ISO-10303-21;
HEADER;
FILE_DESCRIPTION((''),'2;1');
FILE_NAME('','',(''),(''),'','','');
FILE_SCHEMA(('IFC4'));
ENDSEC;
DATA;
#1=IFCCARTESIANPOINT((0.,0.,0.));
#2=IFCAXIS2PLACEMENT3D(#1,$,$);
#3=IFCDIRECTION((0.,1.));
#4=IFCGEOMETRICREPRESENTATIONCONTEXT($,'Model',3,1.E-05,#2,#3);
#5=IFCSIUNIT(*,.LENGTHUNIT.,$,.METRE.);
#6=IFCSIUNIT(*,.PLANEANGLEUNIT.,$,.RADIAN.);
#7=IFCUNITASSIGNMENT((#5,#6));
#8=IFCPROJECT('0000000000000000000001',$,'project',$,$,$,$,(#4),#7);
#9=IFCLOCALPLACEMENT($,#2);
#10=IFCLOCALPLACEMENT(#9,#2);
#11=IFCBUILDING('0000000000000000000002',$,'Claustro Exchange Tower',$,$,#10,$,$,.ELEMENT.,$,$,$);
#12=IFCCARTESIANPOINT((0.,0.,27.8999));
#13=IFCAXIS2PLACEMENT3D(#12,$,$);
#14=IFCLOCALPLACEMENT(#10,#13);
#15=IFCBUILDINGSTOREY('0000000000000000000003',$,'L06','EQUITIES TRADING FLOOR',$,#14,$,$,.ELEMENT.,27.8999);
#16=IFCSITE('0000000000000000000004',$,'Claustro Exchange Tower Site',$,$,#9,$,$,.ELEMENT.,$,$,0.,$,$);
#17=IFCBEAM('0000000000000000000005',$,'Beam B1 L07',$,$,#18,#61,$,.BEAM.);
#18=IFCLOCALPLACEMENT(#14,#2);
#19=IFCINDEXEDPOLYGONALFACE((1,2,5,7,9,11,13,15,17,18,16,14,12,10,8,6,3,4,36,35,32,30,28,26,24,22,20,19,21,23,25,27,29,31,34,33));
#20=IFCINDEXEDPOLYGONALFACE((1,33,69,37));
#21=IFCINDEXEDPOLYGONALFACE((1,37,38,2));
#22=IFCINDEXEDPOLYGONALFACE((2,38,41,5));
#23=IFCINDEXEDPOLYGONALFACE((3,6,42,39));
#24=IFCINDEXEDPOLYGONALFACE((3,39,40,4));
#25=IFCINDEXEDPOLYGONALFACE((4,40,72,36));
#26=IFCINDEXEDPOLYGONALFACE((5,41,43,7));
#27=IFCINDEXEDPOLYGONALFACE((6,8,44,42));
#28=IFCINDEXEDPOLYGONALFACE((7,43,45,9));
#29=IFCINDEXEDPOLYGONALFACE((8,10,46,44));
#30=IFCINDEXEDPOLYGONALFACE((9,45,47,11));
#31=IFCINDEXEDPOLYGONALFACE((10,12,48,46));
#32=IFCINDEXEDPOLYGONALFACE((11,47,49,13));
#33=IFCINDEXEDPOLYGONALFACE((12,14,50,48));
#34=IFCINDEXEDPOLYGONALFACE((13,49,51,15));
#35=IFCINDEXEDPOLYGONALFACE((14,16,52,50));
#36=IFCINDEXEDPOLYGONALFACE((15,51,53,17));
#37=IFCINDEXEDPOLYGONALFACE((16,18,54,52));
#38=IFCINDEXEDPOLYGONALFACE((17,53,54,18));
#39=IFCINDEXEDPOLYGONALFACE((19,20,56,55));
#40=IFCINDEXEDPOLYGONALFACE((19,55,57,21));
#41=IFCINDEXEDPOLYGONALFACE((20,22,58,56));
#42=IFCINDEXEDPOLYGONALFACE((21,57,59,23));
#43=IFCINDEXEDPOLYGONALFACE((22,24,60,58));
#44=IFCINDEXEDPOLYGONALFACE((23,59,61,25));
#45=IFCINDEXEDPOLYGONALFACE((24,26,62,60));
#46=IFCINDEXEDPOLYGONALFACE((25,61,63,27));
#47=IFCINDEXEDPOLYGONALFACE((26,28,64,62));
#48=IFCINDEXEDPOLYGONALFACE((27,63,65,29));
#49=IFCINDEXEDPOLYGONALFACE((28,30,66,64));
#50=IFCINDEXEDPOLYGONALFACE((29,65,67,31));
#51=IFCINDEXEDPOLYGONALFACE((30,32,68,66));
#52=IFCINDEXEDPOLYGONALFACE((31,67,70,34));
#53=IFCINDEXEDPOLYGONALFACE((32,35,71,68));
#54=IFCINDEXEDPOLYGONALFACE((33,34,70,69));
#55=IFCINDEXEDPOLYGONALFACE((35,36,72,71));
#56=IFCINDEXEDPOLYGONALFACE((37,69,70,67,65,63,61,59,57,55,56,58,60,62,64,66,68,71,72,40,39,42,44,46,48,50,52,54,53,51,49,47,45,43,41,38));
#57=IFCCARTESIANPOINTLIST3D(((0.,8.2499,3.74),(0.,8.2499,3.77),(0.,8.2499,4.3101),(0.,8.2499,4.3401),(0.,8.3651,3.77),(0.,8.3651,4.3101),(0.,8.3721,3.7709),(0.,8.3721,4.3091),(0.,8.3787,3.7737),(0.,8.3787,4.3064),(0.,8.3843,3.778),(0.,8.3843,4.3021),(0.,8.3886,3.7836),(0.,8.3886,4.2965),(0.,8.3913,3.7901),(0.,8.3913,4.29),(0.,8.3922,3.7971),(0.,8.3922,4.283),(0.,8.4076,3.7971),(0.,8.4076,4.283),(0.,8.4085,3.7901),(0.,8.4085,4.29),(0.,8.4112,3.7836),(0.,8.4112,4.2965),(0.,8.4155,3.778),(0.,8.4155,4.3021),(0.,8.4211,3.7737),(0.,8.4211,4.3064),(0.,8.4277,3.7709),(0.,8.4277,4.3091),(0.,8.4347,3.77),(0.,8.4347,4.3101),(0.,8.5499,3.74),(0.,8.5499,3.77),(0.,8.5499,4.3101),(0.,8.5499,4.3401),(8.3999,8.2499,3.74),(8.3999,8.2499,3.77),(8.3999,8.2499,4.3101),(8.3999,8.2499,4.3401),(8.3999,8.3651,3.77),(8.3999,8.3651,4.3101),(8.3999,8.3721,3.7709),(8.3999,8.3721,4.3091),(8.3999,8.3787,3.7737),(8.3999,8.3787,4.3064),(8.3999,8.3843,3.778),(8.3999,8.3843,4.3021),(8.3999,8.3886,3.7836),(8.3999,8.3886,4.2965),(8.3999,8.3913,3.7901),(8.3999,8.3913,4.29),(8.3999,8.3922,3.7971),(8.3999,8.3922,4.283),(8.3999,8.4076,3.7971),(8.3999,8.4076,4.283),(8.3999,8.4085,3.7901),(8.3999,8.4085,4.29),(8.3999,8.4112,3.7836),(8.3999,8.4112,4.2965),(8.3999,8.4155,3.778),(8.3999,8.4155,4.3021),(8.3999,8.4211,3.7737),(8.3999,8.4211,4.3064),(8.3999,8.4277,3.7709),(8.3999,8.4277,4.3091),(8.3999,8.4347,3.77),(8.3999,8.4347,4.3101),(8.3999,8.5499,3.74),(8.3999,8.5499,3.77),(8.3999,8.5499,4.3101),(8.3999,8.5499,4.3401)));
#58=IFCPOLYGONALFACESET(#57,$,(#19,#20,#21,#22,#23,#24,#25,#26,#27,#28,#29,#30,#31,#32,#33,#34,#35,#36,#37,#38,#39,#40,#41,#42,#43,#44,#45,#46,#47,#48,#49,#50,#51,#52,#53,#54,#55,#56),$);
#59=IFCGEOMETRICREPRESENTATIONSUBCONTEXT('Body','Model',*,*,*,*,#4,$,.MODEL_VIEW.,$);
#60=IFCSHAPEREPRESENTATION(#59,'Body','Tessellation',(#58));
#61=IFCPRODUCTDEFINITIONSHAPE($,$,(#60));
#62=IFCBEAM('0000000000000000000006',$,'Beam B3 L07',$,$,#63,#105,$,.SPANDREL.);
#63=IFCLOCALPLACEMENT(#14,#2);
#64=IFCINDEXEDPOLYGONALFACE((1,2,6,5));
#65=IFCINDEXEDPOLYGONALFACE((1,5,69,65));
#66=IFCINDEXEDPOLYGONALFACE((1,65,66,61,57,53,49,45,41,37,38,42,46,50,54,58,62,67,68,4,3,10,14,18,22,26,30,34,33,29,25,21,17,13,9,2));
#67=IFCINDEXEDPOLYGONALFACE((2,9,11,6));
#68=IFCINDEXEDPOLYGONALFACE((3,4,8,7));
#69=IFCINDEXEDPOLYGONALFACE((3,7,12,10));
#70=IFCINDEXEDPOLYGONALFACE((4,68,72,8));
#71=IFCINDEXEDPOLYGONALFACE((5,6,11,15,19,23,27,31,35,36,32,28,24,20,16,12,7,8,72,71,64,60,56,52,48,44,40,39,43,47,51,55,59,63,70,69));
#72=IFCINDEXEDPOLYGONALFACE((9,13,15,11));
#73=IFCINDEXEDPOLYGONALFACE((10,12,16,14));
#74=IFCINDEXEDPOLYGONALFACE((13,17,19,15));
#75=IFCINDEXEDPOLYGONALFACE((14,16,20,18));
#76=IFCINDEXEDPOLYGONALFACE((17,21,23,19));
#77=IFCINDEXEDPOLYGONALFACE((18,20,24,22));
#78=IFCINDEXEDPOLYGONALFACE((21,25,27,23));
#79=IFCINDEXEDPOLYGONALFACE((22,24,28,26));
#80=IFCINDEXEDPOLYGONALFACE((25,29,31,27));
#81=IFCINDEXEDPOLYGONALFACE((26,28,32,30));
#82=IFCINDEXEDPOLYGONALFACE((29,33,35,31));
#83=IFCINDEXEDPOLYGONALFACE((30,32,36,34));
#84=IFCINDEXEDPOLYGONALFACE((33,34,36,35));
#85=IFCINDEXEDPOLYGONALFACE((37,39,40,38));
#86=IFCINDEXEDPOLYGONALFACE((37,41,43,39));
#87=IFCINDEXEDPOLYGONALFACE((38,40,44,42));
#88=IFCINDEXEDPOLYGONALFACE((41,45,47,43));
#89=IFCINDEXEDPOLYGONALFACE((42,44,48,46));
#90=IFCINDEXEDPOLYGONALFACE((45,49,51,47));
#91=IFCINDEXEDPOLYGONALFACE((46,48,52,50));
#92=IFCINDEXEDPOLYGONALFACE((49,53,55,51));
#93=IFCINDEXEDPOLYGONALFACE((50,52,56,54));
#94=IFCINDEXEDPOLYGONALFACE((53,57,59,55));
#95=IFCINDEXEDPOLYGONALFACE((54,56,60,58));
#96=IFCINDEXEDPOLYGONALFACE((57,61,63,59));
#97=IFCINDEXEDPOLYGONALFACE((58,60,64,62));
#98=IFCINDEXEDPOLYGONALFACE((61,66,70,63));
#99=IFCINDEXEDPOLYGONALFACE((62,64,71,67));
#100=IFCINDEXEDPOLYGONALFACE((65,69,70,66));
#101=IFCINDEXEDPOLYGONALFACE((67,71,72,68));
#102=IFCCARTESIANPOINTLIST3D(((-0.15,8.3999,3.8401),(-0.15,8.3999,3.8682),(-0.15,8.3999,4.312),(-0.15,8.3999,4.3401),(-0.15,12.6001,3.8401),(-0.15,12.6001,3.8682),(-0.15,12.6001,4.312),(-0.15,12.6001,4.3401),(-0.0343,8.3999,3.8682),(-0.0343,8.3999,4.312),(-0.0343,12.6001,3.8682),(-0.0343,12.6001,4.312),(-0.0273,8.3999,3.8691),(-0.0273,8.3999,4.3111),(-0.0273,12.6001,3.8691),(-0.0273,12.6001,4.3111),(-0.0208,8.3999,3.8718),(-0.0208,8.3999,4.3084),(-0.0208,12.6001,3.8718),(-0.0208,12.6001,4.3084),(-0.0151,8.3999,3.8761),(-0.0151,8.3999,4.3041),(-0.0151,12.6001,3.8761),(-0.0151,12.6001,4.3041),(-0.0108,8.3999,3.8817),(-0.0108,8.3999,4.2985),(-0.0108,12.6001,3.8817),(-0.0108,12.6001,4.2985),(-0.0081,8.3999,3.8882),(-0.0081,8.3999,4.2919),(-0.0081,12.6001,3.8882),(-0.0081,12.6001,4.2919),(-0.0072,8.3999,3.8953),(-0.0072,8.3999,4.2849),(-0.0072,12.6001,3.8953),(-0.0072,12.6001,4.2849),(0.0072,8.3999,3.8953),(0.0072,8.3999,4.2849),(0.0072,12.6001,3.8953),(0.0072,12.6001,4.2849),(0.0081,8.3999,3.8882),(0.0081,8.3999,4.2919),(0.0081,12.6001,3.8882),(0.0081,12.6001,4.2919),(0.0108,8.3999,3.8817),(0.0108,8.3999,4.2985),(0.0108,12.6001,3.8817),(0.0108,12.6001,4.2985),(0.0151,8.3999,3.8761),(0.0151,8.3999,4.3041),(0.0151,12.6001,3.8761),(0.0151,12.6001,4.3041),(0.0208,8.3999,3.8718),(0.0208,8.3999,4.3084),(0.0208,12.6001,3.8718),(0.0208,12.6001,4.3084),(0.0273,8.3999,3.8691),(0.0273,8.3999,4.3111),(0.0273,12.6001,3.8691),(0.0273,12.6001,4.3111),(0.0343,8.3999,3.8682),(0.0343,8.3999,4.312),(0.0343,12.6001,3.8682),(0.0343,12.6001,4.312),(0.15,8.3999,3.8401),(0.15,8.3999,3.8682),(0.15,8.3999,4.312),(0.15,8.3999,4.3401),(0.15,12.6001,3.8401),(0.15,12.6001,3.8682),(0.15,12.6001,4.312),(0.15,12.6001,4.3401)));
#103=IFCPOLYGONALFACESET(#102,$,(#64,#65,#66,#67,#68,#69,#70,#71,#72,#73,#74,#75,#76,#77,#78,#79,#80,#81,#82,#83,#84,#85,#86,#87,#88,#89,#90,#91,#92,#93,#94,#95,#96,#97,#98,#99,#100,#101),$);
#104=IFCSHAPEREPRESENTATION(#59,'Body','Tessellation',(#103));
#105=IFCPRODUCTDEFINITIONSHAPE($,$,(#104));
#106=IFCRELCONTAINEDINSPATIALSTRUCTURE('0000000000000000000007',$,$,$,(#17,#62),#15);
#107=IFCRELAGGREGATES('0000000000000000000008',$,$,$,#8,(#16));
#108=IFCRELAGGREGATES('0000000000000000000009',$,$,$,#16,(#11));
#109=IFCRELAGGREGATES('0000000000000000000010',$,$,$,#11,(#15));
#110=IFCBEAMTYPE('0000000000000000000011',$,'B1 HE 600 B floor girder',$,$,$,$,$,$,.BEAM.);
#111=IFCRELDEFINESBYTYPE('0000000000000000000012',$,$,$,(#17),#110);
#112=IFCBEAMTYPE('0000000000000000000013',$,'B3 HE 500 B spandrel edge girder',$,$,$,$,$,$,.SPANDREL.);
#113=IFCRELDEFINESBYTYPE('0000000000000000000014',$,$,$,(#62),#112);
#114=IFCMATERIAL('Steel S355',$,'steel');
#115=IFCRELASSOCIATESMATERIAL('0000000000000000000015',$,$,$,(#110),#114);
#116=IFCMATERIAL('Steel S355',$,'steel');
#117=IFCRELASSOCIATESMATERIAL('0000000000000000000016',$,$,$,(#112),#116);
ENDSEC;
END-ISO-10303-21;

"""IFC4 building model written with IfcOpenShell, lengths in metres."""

from ifc_helpers import new_model, si_unit, direction, frame, origin, origin_2d, place, context, subcontext, project, spatial, i_section, extrude, material, material_profile, profile_set, type_object, element, save


model = new_model("IFC4")

# Units and contexts
model_context = context("Model", 3, precision=1e-05, world=origin(), true_north=direction((0.0, 1.0)))
body_context = subcontext(model_context, "Body", "Model", "MODEL_VIEW")
ifc_project = project(units=[si_unit("LENGTHUNIT", "METRE"), si_unit("PLANEANGLEUNIT", "RADIAN")], contexts=[model_context])

# Site, building, storey
site_placement = place(None, origin())
site = spatial("IfcSite", under=ifc_project, at=site_placement, Name="Claustro Exchange Tower Site", CompositionType="ELEMENT", RefElevation=0.0)
building_placement = place(site_placement, origin())
building = spatial("IfcBuilding", under=site, at=building_placement, Name="Claustro Exchange Tower", CompositionType="ELEMENT")
storey_placement = place(building_placement, frame((0.0, 0.0, 27.8999)))
storey = spatial("IfcBuildingStorey", under=building, at=storey_placement, Name="L06", Description="EQUITIES TRADING FLOOR", CompositionType="ELEMENT", Elevation=27.8999)

# Beams
ifc_material_1 = material(Name="Steel S355", Category="steel")
ifc_material_profile_1 = material_profile(ifc_material_1, i_section(OverallWidth=0.3, OverallDepth=0.6001, WebThickness=0.0154, FlangeThickness=0.03, FilletRadius=0.0271, at=origin_2d()), Name="HE 600 B")
ifc_profile_set_1 = profile_set([ifc_material_profile_1], Name="Steel S355")
beam_type_1 = type_object("IfcBeamType", Name="B1 HE 600 B floor girder", PredefinedType="BEAM", material=ifc_profile_set_1)
beam_1_placement = place(storey_placement, frame((0.0, 8.3999, 4.04), z_axis=(1.0, 0.0, 0.0), x_axis=(0.0, 1.0, 0.0)))
element("IfcBeam", 1, at=beam_1_placement, inside=storey, type_object=beam_type_1, Name="Beam B1 L07", PredefinedType="BEAM", context=body_context, shape_type="SweptSolid", body=[
    extrude(i_section(OverallWidth=0.3, OverallDepth=0.6001, WebThickness=0.0154, FlangeThickness=0.03, FilletRadius=0.0271, at=origin_2d()), origin(), (0.0, 0.0, 1.0), 8.3999),
])
ifc_material_2 = material(Name="Steel S355", Category="steel")
ifc_material_profile_2 = material_profile(ifc_material_2, i_section(OverallWidth=0.3, OverallDepth=0.5, WebThickness=0.0144, FlangeThickness=0.0281, FilletRadius=0.0271, at=origin_2d()), Name="HE 500 B")
ifc_profile_set_2 = profile_set([ifc_material_profile_2], Name="Steel S355")
beam_type_2 = type_object("IfcBeamType", Name="B3 HE 500 B spandrel edge girder", PredefinedType="SPANDREL", material=ifc_profile_set_2)
beam_2_placement = place(storey_placement, frame((0.0, 8.3999, 4.0901), z_axis=(0.0, 1.0, 0.0), x_axis=(-1.0, 0.0, 0.0)))
element("IfcBeam", 2, at=beam_2_placement, inside=storey, type_object=beam_type_2, Name="Beam B3 L07", PredefinedType="SPANDREL", context=body_context, shape_type="SweptSolid", body=[
    extrude(i_section(OverallWidth=0.3, OverallDepth=0.5, WebThickness=0.0144, FlangeThickness=0.0281, FilletRadius=0.0271, at=origin_2d()), origin(), (0.0, 0.0, 1.0), 4.2002),
])

save(model, "model.ifc")
